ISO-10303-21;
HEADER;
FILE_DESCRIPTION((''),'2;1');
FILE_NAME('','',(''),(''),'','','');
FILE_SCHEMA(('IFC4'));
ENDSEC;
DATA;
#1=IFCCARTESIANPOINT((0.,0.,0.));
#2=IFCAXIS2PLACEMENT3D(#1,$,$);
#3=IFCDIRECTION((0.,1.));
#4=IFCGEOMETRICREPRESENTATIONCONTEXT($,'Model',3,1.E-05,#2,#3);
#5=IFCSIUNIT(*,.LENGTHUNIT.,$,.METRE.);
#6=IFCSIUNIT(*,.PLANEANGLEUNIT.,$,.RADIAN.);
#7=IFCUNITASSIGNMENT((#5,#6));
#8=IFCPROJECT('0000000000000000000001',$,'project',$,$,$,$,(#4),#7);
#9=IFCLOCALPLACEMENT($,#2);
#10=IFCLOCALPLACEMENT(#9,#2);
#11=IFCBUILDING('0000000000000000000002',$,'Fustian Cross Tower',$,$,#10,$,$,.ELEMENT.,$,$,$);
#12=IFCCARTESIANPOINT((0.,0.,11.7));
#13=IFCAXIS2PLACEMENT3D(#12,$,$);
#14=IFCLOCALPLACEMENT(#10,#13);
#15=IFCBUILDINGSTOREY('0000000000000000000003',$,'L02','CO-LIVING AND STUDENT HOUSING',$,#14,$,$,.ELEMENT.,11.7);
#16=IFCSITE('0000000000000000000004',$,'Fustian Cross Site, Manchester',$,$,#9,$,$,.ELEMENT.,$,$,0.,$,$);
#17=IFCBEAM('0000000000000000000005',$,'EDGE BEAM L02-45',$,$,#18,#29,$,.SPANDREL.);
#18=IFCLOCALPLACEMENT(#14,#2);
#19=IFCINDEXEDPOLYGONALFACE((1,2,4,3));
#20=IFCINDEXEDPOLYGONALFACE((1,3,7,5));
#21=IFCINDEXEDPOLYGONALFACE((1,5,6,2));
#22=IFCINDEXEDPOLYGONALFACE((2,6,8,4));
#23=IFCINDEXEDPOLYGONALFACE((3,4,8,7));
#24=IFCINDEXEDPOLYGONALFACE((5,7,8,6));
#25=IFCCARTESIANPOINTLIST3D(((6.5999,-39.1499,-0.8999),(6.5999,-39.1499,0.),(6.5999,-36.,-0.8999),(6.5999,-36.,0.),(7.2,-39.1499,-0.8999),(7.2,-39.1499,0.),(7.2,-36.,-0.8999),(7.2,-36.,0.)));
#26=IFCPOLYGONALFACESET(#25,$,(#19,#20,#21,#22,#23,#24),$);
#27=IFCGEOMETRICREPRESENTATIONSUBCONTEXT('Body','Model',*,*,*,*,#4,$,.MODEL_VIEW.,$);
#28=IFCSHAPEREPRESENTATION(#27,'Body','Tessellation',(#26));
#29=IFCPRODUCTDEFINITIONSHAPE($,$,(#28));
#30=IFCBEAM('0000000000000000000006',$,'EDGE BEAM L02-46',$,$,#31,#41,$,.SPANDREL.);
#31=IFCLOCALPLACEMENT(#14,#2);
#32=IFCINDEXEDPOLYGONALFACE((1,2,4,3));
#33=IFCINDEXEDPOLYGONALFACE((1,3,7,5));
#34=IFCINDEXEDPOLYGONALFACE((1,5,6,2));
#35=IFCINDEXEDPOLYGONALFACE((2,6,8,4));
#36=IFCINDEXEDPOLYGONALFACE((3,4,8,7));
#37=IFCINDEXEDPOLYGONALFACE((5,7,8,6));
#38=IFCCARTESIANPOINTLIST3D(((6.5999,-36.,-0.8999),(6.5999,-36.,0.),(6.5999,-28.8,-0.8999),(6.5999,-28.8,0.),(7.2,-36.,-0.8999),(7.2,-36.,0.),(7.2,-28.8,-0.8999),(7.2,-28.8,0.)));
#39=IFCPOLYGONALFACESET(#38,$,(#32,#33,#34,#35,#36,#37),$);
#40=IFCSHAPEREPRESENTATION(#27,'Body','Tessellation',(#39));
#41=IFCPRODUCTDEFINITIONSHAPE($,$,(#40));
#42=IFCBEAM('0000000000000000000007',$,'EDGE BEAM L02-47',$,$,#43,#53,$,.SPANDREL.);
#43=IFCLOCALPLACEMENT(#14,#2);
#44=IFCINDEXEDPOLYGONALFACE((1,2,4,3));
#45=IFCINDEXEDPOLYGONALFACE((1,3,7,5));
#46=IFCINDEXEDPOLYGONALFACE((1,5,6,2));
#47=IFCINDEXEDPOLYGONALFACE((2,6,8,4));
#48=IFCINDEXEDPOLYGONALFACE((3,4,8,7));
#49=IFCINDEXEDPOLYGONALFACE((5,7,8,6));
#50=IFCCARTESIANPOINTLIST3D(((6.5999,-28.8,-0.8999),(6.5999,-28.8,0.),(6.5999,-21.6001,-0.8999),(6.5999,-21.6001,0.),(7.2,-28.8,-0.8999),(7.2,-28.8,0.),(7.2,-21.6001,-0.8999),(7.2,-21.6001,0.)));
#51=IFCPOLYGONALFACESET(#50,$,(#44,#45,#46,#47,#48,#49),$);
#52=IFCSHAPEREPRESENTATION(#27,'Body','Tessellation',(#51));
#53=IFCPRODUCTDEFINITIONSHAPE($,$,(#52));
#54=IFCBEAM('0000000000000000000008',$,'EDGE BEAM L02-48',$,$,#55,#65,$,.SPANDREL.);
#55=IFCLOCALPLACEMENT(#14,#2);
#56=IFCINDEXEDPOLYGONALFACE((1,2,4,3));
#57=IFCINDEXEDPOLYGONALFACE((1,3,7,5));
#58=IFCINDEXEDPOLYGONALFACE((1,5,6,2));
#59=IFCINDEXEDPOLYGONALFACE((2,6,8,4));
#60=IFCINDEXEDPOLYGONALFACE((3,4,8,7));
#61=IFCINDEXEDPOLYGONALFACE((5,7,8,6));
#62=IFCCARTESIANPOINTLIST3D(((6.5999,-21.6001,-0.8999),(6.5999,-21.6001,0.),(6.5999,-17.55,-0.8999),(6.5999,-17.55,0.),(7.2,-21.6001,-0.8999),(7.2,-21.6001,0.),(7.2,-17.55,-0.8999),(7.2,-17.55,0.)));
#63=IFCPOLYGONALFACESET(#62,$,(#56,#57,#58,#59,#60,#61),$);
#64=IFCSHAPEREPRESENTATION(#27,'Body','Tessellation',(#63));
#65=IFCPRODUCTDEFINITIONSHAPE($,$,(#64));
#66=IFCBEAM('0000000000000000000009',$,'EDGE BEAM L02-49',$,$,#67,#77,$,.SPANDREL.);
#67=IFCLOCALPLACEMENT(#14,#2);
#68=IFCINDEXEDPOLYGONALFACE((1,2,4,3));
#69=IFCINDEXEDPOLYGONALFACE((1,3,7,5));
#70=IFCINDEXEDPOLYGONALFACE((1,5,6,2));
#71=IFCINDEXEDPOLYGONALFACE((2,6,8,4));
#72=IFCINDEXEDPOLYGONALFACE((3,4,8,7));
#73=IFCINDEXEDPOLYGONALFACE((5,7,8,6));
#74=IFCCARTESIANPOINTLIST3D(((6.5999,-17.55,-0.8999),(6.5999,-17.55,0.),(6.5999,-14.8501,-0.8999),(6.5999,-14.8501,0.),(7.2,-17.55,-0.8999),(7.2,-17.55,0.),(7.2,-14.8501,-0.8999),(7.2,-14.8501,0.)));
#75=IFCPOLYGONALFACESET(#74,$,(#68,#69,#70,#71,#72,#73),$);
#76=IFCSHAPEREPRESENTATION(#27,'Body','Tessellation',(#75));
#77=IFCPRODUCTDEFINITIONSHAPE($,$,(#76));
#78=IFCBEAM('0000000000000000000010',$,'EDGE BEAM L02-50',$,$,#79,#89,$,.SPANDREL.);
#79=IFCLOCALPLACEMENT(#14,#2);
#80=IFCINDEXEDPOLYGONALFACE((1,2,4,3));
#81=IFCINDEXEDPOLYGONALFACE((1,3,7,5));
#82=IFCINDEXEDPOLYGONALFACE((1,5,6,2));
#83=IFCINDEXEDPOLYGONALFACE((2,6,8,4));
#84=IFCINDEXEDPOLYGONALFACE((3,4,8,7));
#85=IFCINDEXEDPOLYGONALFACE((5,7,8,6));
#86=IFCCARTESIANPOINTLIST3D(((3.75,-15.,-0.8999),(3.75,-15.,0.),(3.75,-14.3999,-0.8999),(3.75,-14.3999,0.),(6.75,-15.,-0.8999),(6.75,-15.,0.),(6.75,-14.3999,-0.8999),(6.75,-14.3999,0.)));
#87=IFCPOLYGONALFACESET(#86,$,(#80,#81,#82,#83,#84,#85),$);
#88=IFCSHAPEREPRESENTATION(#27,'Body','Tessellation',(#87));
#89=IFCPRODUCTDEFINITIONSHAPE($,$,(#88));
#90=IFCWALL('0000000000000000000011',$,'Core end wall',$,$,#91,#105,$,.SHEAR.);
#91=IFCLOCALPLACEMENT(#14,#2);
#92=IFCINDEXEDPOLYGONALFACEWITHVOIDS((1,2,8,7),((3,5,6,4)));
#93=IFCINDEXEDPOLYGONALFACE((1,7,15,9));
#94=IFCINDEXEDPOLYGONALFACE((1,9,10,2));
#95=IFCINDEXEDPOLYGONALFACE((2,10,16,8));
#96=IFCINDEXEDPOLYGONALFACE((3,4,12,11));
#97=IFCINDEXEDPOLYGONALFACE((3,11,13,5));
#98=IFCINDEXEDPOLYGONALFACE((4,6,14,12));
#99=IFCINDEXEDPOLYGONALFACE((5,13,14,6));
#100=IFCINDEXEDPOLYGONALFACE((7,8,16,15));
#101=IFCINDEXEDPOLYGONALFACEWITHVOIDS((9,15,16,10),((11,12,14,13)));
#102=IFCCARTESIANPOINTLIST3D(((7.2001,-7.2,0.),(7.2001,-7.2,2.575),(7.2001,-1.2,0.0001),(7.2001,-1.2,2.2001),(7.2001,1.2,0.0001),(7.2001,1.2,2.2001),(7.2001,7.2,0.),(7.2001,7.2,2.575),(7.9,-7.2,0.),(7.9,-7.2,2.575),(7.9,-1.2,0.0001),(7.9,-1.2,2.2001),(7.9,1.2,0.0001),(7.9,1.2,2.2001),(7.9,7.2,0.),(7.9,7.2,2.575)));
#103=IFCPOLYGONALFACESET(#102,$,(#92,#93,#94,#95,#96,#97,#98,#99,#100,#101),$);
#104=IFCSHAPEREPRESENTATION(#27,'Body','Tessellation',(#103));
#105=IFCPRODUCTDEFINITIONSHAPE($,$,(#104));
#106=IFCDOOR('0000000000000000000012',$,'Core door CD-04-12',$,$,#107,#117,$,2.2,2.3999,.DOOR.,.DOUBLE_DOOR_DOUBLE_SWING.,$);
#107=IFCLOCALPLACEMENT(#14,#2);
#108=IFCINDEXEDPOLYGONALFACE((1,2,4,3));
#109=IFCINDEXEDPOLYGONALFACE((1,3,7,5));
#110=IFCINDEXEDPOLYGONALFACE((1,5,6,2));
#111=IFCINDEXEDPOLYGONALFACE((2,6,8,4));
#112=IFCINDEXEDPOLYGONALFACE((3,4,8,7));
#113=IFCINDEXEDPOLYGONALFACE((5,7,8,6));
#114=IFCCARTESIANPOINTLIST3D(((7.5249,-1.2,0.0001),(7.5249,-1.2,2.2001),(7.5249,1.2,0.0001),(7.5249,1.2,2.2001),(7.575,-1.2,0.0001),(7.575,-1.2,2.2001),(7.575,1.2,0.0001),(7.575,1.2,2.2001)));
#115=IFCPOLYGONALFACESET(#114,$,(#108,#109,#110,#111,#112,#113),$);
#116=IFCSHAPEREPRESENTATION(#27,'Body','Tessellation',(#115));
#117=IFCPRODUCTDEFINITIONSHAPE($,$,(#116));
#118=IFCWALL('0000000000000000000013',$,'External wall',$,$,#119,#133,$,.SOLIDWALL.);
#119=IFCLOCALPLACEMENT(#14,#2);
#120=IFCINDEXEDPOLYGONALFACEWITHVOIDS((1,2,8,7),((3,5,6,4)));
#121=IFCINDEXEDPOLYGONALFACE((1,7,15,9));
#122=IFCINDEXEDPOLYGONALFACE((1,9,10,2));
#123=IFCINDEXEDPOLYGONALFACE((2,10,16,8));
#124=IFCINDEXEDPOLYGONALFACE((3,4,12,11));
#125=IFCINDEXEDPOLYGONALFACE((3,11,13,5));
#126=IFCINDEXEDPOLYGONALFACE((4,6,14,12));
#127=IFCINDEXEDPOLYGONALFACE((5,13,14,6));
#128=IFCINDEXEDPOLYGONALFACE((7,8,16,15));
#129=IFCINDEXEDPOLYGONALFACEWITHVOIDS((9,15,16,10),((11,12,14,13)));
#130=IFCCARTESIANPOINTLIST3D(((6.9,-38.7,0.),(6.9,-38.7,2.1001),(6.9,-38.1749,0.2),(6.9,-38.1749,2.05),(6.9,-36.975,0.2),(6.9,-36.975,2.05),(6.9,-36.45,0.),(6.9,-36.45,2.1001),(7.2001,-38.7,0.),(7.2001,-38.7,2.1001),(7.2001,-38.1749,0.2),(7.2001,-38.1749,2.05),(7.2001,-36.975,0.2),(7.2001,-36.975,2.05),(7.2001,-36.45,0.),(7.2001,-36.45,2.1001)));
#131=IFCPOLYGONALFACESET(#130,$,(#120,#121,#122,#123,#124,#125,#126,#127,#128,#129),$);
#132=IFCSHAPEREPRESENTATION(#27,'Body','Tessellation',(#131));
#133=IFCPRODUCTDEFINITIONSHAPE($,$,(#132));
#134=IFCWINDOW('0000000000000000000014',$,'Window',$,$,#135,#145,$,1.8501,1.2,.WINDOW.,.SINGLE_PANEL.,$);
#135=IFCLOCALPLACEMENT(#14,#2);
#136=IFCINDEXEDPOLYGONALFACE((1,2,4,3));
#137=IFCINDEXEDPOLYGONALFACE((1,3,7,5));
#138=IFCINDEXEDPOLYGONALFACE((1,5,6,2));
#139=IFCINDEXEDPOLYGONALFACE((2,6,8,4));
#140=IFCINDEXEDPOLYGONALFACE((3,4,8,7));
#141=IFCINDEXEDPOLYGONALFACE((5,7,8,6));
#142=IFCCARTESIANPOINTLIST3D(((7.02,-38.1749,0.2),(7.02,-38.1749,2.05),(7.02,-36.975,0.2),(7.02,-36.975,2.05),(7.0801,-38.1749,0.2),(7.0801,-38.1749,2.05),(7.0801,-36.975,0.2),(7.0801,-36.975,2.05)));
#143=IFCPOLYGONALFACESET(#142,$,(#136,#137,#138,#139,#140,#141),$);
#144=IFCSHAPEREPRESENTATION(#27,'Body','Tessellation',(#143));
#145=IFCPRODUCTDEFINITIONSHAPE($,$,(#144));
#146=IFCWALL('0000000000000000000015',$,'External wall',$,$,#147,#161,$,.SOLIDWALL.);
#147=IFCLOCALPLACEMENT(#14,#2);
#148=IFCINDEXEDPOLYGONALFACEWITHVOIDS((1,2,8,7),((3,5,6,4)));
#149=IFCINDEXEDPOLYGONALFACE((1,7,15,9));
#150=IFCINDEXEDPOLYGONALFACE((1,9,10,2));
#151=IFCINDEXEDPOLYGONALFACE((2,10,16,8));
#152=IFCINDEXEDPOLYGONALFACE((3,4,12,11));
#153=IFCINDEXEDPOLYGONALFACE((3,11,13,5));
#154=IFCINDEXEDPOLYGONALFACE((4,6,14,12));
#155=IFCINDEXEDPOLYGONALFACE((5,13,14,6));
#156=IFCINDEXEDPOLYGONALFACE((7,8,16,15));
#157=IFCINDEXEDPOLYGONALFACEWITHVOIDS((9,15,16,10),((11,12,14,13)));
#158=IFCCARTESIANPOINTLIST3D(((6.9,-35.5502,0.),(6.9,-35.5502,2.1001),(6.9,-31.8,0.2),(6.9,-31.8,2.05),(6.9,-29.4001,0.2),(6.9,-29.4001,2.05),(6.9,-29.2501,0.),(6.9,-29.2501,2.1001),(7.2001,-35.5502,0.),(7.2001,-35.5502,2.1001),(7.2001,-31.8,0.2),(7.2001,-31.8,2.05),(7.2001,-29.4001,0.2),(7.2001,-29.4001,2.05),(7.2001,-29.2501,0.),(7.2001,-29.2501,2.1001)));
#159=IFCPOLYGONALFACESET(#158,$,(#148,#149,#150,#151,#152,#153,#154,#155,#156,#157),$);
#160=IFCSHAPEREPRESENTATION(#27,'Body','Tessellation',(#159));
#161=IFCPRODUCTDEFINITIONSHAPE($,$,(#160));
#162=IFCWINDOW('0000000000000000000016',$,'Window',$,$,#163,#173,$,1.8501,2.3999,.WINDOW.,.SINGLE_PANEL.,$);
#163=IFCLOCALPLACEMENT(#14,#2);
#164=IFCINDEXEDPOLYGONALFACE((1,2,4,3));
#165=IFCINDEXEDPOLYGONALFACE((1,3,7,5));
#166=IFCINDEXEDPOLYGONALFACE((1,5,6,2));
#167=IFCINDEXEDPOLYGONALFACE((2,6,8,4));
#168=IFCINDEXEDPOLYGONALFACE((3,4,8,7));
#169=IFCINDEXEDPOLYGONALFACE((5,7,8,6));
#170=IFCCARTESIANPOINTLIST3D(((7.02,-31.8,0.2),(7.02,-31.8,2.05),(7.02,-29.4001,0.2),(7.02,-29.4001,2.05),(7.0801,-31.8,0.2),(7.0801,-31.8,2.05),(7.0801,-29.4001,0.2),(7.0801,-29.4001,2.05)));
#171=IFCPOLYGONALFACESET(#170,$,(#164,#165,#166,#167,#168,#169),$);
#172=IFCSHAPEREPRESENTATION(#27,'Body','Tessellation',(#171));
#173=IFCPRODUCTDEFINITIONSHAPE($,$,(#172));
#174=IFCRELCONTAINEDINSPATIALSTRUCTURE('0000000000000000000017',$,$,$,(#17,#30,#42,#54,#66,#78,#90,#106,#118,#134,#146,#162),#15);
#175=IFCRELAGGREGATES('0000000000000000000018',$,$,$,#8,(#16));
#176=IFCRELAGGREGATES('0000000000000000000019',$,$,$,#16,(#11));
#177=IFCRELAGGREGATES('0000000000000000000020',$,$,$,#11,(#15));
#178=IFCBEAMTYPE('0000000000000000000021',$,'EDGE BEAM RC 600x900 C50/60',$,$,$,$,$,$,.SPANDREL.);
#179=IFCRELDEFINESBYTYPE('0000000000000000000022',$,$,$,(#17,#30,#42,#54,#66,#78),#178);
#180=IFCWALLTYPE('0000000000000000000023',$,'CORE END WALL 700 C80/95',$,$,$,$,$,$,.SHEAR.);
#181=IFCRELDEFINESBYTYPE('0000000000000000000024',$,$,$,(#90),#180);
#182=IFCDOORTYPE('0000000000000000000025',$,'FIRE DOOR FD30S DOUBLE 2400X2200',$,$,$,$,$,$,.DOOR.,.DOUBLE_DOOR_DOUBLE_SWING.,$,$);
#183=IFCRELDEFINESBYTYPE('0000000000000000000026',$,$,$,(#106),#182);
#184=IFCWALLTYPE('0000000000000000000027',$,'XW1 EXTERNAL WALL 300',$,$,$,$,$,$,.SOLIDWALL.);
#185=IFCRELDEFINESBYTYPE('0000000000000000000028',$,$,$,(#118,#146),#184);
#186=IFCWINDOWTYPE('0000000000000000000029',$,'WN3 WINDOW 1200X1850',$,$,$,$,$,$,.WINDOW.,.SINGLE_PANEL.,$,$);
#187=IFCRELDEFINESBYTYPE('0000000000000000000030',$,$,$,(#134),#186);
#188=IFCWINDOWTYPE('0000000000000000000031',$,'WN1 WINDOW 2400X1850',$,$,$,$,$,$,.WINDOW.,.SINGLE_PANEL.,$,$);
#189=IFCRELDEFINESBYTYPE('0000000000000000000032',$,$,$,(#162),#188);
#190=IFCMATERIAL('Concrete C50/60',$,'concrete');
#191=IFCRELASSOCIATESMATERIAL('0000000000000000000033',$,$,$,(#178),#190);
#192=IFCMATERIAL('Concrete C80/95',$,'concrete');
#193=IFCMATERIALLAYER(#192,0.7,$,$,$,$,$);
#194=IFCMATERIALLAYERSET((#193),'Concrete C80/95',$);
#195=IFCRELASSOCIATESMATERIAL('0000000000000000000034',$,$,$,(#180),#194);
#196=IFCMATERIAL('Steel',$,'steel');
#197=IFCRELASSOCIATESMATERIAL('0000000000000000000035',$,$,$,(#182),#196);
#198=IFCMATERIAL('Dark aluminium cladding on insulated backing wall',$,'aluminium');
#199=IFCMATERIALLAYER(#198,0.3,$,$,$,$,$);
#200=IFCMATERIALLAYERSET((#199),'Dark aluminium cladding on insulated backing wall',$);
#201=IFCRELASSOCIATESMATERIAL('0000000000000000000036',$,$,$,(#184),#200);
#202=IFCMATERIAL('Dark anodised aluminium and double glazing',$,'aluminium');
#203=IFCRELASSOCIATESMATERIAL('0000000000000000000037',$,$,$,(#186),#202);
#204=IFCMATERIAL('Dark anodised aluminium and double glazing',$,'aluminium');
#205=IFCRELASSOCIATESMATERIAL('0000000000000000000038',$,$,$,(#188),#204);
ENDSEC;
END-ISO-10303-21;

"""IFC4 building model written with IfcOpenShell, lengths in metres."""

from ifc_helpers import new_model, si_unit, direction, frame, frame_2d, origin, origin_2d, place, context, subcontext, project, spatial, rectangle, extrude, material, layer, layer_set, material_profile, profile_set, type_object, element, fill, save


model = new_model("IFC4")

# Units and contexts
model_context = context("Model", 3, precision=1e-05, world=origin(), true_north=direction((0.0, 1.0)))
body_context = subcontext(model_context, "Body", "Model", "MODEL_VIEW")
ifc_project = project(units=[si_unit("LENGTHUNIT", "METRE"), si_unit("PLANEANGLEUNIT", "RADIAN")], contexts=[model_context])

# Site, building, storey
site_placement = place(None, origin())
site = spatial("IfcSite", under=ifc_project, at=site_placement, Name="Fustian Cross Site, Manchester", CompositionType="ELEMENT", RefElevation=0.0)
building_placement = place(site_placement, origin())
building = spatial("IfcBuilding", under=site, at=building_placement, Name="Fustian Cross Tower", CompositionType="ELEMENT")
storey_placement = place(building_placement, frame((0.0, 0.0, 11.7)))
storey = spatial("IfcBuildingStorey", under=building, at=storey_placement, Name="L02", Description="CO-LIVING AND STUDENT HOUSING", CompositionType="ELEMENT", Elevation=11.7)

# Beams
ifc_material_1 = material(Name="Concrete C50/60", Category="concrete")
ifc_material_profile = material_profile(ifc_material_1, rectangle(XDim=0.6001, YDim=0.8999, at=origin_2d()), Name="RC 600x900")
ifc_profile_set = profile_set([ifc_material_profile], Name="Concrete C50/60")
beam_type = type_object("IfcBeamType", Name="EDGE BEAM RC 600x900 C50/60", PredefinedType="SPANDREL", material=ifc_profile_set)
beam_1_placement = place(storey_placement, frame((6.8999, -39.1499, -0.45), z_axis=(0.0, 1.0, 0.0), x_axis=(-1.0, 0.0, 0.0)))
element("IfcBeam", 1, at=beam_1_placement, inside=storey, type_object=beam_type, Name="EDGE BEAM L02-45", PredefinedType="SPANDREL", context=body_context, shape_type="SweptSolid", body=[
    extrude(rectangle(XDim=0.6001, YDim=0.8999, at=origin_2d()), origin(), (0.0, 0.0, 1.0), 3.1499),
])
for number, where, z_axis, x_axis, name in (
    (2, (6.8999, -36.0, -0.45), (0.0, 1.0, 0.0), (-1.0, 0.0, 0.0), "EDGE BEAM L02-46"),
    (3, (6.8999, -28.8, -0.45), (0.0, 1.0, 0.0), (-1.0, 0.0, 0.0), "EDGE BEAM L02-47"),
):
    element("IfcBeam", number, at=place(storey_placement, frame(where, z_axis=z_axis, x_axis=x_axis)), inside=storey, type_object=beam_type, Name=name, PredefinedType="SPANDREL", context=body_context, shape_type="SweptSolid", body=[
        extrude(rectangle(XDim=0.6001, YDim=0.8999, at=origin_2d()), origin(), (0.0, 0.0, 1.0), 7.2),
    ])
beam_2_placement = place(storey_placement, frame((6.8999, -21.6001, -0.45), z_axis=(0.0, 1.0, 0.0), x_axis=(-1.0, 0.0, 0.0)))
element("IfcBeam", 4, at=beam_2_placement, inside=storey, type_object=beam_type, Name="EDGE BEAM L02-48", PredefinedType="SPANDREL", context=body_context, shape_type="SweptSolid", body=[
    extrude(rectangle(XDim=0.6001, YDim=0.8999, at=origin_2d()), origin(), (0.0, 0.0, 1.0), 4.05),
])
beam_3_placement = place(storey_placement, frame((6.8999, -17.55, -0.45), z_axis=(0.0, 1.0, 0.0), x_axis=(-1.0, 0.0, 0.0)))
element("IfcBeam", 5, at=beam_3_placement, inside=storey, type_object=beam_type, Name="EDGE BEAM L02-49", PredefinedType="SPANDREL", context=body_context, shape_type="SweptSolid", body=[
    extrude(rectangle(XDim=0.6001, YDim=0.8999, at=origin_2d()), origin(), (0.0, 0.0, 1.0), 2.7),
])
beam_4_placement = place(storey_placement, frame((6.75, -14.7, -0.45), z_axis=(-1.0, 0.0, 0.0), x_axis=(0.0, -1.0, 0.0)))
element("IfcBeam", 6, at=beam_4_placement, inside=storey, type_object=beam_type, Name="EDGE BEAM L02-50", PredefinedType="SPANDREL", context=body_context, shape_type="SweptSolid", body=[
    extrude(rectangle(XDim=0.6001, YDim=0.8999, at=origin_2d()), origin(), (0.0, 0.0, 1.0), 3.0),
])

# Wall, opening, door
ifc_material_2 = material(Name="Concrete C80/95", Category="concrete")
ifc_layer_1 = layer(ifc_material_2, 0.7)
ifc_layer_set_1 = layer_set([ifc_layer_1], Name="Concrete C80/95")
wall_type_1 = type_object("IfcWallType", Name="CORE END WALL 700 C80/95", PredefinedType="SHEAR", material=ifc_layer_set_1)
wall_1_placement = place(storey_placement, frame((7.55, -7.2, 0.0), z_axis=(0.0, 0.0, 1.0), x_axis=(0.0, 1.0, 0.0)))
wall_1 = element("IfcWall", 7, at=wall_1_placement, inside=storey, type_object=wall_type_1, Name="Core end wall", PredefinedType="SHEAR", context=body_context, shape_type="SweptSolid", body=[
    extrude(rectangle(XDim=14.3999, YDim=0.7, at=frame_2d((7.2, 0.0))), origin(), (0.0, 0.0, 1.0), 2.575),
])
opening_1_placement = place(wall_1_placement, frame((6.0, 0.0, 0.0)))
opening_1 = element("IfcOpeningElement", 8, at=opening_1_placement, cuts=wall_1, PredefinedType="OPENING", context=body_context, shape_type="SweptSolid", body=[
    extrude(rectangle(XDim=2.3999, YDim=2.2, at=frame_2d((1.2, 1.1001))), frame((0.0, 0.3599, 0.0), z_axis=(0.0, -1.0, 0.0), x_axis=(1.0, 0.0, 0.0)), (0.0, 0.0, 1.0), 0.72),
])
ifc_material_3 = material(Name="Steel", Category="steel")
door_type = type_object("IfcDoorType", Name="FIRE DOOR FD30S DOUBLE 2400X2200", OperationType="DOUBLE_DOOR_DOUBLE_SWING", PredefinedType="DOOR", material=ifc_material_3)
door_placement = place(opening_1_placement, frame((2.3999, 0.0, 0.0), z_axis=(0.0, 0.0, 1.0), x_axis=(-1.0, 0.0, 0.0)))
door = element("IfcDoor", 9, at=door_placement, inside=storey, type_object=door_type, Name="Core door CD-04-12", OperationType="DOUBLE_DOOR_DOUBLE_SWING", OverallHeight=2.2, OverallWidth=2.3999, PredefinedType="DOOR", context=body_context, shape_type="SweptSolid", body=[
    extrude(rectangle(XDim=2.3999, YDim=2.2, at=frame_2d((1.2, 1.1001))), frame((0.0, 0.0249, 0.0), z_axis=(0.0, -1.0, 0.0), x_axis=(1.0, 0.0, 0.0)), (0.0, 0.0, 1.0), 0.05),
])
fill(opening_1, door)

# Walls, openings, windows
ifc_material_4 = material(Name="Dark aluminium cladding on insulated backing wall", Category="aluminium")
ifc_layer_2 = layer(ifc_material_4, 0.3)
ifc_layer_set_2 = layer_set([ifc_layer_2], Name="Dark aluminium cladding on insulated backing wall")
wall_type_2 = type_object("IfcWallType", Name="XW1 EXTERNAL WALL 300", PredefinedType="SOLIDWALL", material=ifc_layer_set_2)
wall_2_placement = place(storey_placement, frame((7.05, -38.7, 0.0), z_axis=(0.0, 0.0, 1.0), x_axis=(0.0, 1.0, 0.0)))
wall_2 = element("IfcWall", 10, at=wall_2_placement, inside=storey, type_object=wall_type_2, Name="External wall", PredefinedType="SOLIDWALL", context=body_context, shape_type="SweptSolid", body=[
    extrude(rectangle(XDim=2.25, YDim=0.3, at=frame_2d((1.125, 0.0))), origin(), (0.0, 0.0, 1.0), 2.1001),
])
opening_2_placement = place(wall_2_placement, frame((0.5249, 0.0, 0.2)))
opening_2 = element("IfcOpeningElement", 11, at=opening_2_placement, cuts=wall_2, PredefinedType="OPENING", context=body_context, shape_type="SweptSolid", body=[
    extrude(rectangle(XDim=1.2, YDim=1.8501, at=frame_2d((0.6001, 0.925))), frame((0.0, 0.1599, 0.0), z_axis=(0.0, -1.0, 0.0), x_axis=(1.0, 0.0, 0.0)), (0.0, 0.0, 1.0), 0.3201),
])
ifc_material_5 = material(Name="Dark anodised aluminium and double glazing", Category="aluminium")
window_type_1 = type_object("IfcWindowType", Name="WN3 WINDOW 1200X1850", PartitioningType="SINGLE_PANEL", PredefinedType="WINDOW", material=ifc_material_5)
window_1_placement = place(opening_2_placement, origin())
window_1 = element("IfcWindow", 12, at=window_1_placement, inside=storey, type_object=window_type_1, Name="Window", OverallHeight=1.8501, OverallWidth=1.2, PartitioningType="SINGLE_PANEL", PredefinedType="WINDOW", context=body_context, shape_type="SweptSolid", body=[
    extrude(rectangle(XDim=1.2, YDim=1.8501, at=frame_2d((0.6001, 0.925))), frame((0.0, 0.03, 0.0), z_axis=(0.0, -1.0, 0.0), x_axis=(1.0, 0.0, 0.0)), (0.0, 0.0, 1.0), 0.0601),
])
fill(opening_2, window_1)
wall_3_placement = place(storey_placement, frame((7.05, -35.55, 0.0), z_axis=(0.0, 0.0, 1.0), x_axis=(0.0, 1.0, 0.0)))
wall_3 = element("IfcWall", 13, at=wall_3_placement, inside=storey, type_object=wall_type_2, Name="External wall", PredefinedType="SOLIDWALL", context=body_context, shape_type="SweptSolid", body=[
    extrude(rectangle(XDim=6.3, YDim=0.3, at=frame_2d((3.1499, 0.0))), origin(), (0.0, 0.0, 1.0), 2.1001),
])
opening_3_placement = place(wall_3_placement, frame((3.75, 0.0, 0.2)))
opening_3 = element("IfcOpeningElement", 14, at=opening_3_placement, cuts=wall_3, PredefinedType="OPENING", context=body_context, shape_type="SweptSolid", body=[
    extrude(rectangle(XDim=2.3999, YDim=1.8501, at=frame_2d((1.2, 0.925))), frame((0.0, 0.1599, 0.0), z_axis=(0.0, -1.0, 0.0), x_axis=(1.0, 0.0, 0.0)), (0.0, 0.0, 1.0), 0.3201),
])
ifc_material_6 = material(Name="Dark anodised aluminium and double glazing", Category="aluminium")
window_type_2 = type_object("IfcWindowType", Name="WN1 WINDOW 2400X1850", PartitioningType="SINGLE_PANEL", PredefinedType="WINDOW", material=ifc_material_6)
window_2_placement = place(opening_3_placement, origin())
window_2 = element("IfcWindow", 15, at=window_2_placement, inside=storey, type_object=window_type_2, Name="Window", OverallHeight=1.8501, OverallWidth=2.3999, PartitioningType="SINGLE_PANEL", PredefinedType="WINDOW", context=body_context, shape_type="SweptSolid", body=[
    extrude(rectangle(XDim=2.3999, YDim=1.8501, at=frame_2d((1.2, 0.925))), frame((0.0, 0.03, 0.0), z_axis=(0.0, -1.0, 0.0), x_axis=(1.0, 0.0, 0.0)), (0.0, 0.0, 1.0), 0.0601),
])
fill(opening_3, window_2)

save(model, "model.ifc")
